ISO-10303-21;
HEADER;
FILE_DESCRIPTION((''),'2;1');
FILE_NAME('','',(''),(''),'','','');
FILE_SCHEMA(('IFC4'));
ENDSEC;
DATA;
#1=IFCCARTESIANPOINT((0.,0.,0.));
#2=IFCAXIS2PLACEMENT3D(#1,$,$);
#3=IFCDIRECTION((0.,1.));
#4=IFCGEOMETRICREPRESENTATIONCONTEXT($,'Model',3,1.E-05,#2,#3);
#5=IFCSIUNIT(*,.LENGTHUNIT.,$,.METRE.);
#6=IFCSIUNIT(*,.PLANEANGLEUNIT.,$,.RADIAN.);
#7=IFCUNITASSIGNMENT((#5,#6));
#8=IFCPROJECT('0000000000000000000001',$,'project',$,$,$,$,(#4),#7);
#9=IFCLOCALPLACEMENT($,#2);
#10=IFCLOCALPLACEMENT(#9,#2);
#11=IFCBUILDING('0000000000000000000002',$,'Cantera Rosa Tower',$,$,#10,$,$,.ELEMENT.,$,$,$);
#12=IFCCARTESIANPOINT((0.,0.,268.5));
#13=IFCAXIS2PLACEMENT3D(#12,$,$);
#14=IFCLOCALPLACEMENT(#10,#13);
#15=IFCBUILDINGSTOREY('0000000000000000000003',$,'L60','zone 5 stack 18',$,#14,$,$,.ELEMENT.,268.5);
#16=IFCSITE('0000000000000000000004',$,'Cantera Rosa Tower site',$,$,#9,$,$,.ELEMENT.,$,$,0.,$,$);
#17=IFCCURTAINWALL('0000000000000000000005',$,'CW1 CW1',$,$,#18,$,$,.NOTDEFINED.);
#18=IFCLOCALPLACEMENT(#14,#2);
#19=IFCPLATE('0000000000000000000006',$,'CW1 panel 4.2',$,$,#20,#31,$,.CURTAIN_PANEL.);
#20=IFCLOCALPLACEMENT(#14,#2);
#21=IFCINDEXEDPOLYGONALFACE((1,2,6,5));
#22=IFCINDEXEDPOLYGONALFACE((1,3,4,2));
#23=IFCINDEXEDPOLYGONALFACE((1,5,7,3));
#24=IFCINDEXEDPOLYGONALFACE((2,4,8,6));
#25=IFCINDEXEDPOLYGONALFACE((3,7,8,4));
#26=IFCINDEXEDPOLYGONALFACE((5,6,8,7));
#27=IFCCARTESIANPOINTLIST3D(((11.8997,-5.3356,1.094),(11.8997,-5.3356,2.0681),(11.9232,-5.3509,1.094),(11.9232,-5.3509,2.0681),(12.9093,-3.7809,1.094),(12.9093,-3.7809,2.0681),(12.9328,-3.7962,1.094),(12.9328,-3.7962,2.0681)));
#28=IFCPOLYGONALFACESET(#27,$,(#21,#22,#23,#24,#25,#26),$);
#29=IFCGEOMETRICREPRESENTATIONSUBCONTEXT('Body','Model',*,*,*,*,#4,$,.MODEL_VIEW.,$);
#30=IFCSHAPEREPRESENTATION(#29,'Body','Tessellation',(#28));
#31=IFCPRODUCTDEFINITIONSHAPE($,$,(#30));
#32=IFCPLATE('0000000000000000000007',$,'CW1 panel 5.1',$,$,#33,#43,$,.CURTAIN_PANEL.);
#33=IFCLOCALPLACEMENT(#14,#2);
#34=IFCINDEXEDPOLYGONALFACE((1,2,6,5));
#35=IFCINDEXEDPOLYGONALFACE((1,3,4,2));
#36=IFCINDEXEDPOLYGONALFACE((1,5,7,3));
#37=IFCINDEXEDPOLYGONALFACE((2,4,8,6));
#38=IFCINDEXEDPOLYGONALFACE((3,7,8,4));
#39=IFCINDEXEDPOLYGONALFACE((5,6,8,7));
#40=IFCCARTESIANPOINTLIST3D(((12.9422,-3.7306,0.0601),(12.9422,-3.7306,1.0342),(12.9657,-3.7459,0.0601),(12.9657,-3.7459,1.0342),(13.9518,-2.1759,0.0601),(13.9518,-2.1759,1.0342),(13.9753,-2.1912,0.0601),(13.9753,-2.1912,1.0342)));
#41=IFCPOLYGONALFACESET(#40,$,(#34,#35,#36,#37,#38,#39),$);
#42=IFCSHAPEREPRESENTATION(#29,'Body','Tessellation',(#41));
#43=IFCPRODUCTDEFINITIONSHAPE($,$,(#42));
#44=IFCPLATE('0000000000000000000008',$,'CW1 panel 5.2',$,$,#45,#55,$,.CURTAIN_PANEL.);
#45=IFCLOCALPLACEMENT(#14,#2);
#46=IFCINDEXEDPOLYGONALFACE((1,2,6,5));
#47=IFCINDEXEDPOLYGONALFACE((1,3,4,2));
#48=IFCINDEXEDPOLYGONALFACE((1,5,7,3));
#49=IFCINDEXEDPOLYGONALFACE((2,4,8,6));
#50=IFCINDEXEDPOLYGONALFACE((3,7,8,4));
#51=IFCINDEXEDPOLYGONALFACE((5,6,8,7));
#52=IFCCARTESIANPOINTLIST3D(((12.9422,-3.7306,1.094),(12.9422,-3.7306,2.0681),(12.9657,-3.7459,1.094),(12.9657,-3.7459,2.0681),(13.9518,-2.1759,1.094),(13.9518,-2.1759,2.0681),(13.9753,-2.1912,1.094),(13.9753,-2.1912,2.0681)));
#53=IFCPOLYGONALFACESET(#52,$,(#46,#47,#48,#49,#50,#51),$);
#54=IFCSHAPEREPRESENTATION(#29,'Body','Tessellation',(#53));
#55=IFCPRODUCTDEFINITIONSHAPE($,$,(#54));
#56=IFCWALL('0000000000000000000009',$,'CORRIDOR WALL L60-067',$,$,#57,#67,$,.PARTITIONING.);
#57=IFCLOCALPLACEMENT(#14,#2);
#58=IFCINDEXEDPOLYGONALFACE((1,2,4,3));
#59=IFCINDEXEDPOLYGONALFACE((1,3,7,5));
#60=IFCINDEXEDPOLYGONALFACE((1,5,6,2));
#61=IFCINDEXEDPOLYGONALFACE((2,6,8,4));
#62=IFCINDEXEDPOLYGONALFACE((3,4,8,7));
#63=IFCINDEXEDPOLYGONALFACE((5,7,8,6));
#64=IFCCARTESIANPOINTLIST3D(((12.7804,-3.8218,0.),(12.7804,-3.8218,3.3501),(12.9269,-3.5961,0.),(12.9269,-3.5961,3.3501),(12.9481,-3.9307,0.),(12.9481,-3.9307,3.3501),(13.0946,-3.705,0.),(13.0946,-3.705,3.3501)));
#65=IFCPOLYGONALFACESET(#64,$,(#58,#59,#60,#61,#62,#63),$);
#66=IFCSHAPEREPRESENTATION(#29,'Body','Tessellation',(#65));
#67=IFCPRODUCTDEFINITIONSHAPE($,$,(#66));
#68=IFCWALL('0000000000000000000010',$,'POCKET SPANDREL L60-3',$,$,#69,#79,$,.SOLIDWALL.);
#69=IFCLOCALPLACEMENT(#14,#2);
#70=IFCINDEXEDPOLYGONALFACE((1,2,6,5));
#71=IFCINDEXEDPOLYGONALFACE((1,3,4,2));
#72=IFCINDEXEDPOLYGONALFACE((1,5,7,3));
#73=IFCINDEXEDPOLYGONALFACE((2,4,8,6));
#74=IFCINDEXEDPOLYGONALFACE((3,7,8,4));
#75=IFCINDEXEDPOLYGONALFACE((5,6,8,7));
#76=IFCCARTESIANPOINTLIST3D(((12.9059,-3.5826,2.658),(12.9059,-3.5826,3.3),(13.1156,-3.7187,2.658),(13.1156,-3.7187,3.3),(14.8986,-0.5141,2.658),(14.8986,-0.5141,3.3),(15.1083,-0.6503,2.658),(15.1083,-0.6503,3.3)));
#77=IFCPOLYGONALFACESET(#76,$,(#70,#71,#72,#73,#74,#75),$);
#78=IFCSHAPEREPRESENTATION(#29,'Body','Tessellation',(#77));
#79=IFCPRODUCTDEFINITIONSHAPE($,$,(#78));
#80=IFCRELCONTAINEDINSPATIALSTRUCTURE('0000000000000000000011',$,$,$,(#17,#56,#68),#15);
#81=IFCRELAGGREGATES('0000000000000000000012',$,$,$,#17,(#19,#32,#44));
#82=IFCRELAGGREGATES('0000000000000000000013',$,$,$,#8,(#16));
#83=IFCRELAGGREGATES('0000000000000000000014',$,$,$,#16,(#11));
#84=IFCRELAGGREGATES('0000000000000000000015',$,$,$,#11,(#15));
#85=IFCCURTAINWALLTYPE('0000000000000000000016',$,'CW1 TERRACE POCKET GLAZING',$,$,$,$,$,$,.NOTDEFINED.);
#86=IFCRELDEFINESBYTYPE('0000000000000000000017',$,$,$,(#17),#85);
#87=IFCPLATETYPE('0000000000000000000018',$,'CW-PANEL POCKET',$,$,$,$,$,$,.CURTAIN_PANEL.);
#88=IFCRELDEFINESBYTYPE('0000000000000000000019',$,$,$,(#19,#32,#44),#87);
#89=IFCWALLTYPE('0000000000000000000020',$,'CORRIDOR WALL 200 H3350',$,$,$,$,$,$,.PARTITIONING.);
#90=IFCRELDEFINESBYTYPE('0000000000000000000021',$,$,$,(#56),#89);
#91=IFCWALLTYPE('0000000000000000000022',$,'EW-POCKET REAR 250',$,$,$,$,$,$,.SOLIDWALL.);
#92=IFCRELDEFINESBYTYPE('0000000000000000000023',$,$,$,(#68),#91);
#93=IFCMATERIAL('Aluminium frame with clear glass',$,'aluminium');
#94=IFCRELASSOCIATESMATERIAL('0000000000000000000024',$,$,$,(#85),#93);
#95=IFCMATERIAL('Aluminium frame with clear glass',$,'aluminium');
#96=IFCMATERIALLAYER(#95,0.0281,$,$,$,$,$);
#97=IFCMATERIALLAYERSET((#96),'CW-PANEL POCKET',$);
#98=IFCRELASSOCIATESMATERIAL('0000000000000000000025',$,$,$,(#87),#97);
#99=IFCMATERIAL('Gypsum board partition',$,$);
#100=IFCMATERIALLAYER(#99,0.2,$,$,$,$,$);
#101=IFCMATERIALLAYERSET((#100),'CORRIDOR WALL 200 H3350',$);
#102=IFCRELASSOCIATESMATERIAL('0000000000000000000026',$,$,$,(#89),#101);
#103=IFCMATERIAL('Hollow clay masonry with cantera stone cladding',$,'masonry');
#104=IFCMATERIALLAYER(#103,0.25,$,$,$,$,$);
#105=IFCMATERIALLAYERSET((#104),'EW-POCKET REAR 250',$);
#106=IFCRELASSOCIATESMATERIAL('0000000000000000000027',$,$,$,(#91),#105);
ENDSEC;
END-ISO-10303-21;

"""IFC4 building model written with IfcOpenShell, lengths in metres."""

from ifc_helpers import new_model, si_unit, direction, frame, frame_2d, origin, origin_2d, place, context, subcontext, project, spatial, rectangle, extrude, material, layer, layer_set, type_object, element, aggregate, save


model = new_model("IFC4")

# Units and contexts
model_context = context("Model", 3, precision=1e-05, world=origin(), true_north=direction((0.0, 1.0)))
body_context = subcontext(model_context, "Body", "Model", "MODEL_VIEW")
ifc_project = project(units=[si_unit("LENGTHUNIT", "METRE"), si_unit("PLANEANGLEUNIT", "RADIAN")], contexts=[model_context])

# Site, building, storey
site_placement = place(None, origin())
site = spatial("IfcSite", under=ifc_project, at=site_placement, Name="Cantera Rosa Tower site", CompositionType="ELEMENT", RefElevation=0.0)
building_placement = place(site_placement, origin())
building = spatial("IfcBuilding", under=site, at=building_placement, Name="Cantera Rosa Tower", CompositionType="ELEMENT")
storey_placement = place(building_placement, frame((0.0, 0.0, 268.5)))
storey = spatial("IfcBuildingStorey", under=building, at=storey_placement, Name="L60", Description="zone 5 stack 18", CompositionType="ELEMENT", Elevation=268.5)

# Curtain wall
ifc_material_1 = material(Name="Aluminium frame with clear glass", Category="aluminium")
curtain_wall_type = type_object("IfcCurtainWallType", Name="CW1 TERRACE POCKET GLAZING", PredefinedType="NOTDEFINED", material=ifc_material_1)
curtain_wall_placement = place(storey_placement, origin())
curtain_wall = element("IfcCurtainWall", 1, at=curtain_wall_placement, inside=storey, type_object=curtain_wall_type, Name="CW1 CW1", PredefinedType="NOTDEFINED")

# Plates
ifc_material_2 = material(Name="Aluminium frame with clear glass", Category="aluminium")
ifc_layer_1 = layer(ifc_material_2, 0.0281)
ifc_layer_set_1 = layer_set([ifc_layer_1], Name="CW-PANEL POCKET")
plate_type = type_object("IfcPlateType", Name="CW-PANEL POCKET", PredefinedType="CURTAIN_PANEL", material=ifc_layer_set_1)
plate_1_placement = place(storey_placement, frame((12.4163, -4.5659, 1.094), z_axis=(0.0, 0.0, 1.0), x_axis=(0.544639, 0.838671, 0.0)))
plate_1 = element("IfcPlate", 2, at=plate_1_placement, type_object=plate_type, Name="CW1 panel 4.2", PredefinedType="CURTAIN_PANEL", context=body_context, shape_type="SweptSolid", body=[
    extrude(rectangle(XDim=1.8538, YDim=0.0281, at=origin_2d()), origin(), (0.0, 0.0, 1.0), 0.9741),
])
plate_2_placement = place(storey_placement, frame((13.4587, -2.9609, 0.0601), z_axis=(0.0, 0.0, 1.0), x_axis=(0.544639, 0.838671, 0.0)))
plate_2 = element("IfcPlate", 3, at=plate_2_placement, type_object=plate_type, Name="CW1 panel 5.1", PredefinedType="CURTAIN_PANEL", context=body_context, shape_type="SweptSolid", body=[
    extrude(rectangle(XDim=1.8538, YDim=0.0281, at=origin_2d()), origin(), (0.0, 0.0, 1.0), 0.9741),
])
plate_3_placement = place(storey_placement, frame((13.4587, -2.9609, 1.094), z_axis=(0.0, 0.0, 1.0), x_axis=(0.544639, 0.838671, 0.0)))
plate_3 = element("IfcPlate", 4, at=plate_3_placement, type_object=plate_type, Name="CW1 panel 5.2", PredefinedType="CURTAIN_PANEL", context=body_context, shape_type="SweptSolid", body=[
    extrude(rectangle(XDim=1.8538, YDim=0.0281, at=origin_2d()), origin(), (0.0, 0.0, 1.0), 0.9741),
])
aggregate(curtain_wall, [plate_1, plate_2, plate_3])

# Walls
ifc_material_3 = material(Name="Gypsum board partition")
ifc_layer_2 = layer(ifc_material_3, 0.2)
ifc_layer_set_2 = layer_set([ifc_layer_2], Name="CORRIDOR WALL 200 H3350")
wall_type_1 = type_object("IfcWallType", Name="CORRIDOR WALL 200 H3350", PredefinedType="PARTITIONING", material=ifc_layer_set_2)
wall_1_placement = place(storey_placement, frame((12.8643, -3.8762, 0.0), z_axis=(0.0, 0.0, 1.0), x_axis=(0.544605, 0.838692, 0.0)))
element("IfcWall", 5, at=wall_1_placement, inside=storey, type_object=wall_type_1, Name="CORRIDOR WALL L60-067", PredefinedType="PARTITIONING", context=body_context, shape_type="SweptSolid", body=[
    extrude(rectangle(XDim=0.269, YDim=0.2, at=frame_2d((0.1345, 0.0))), origin(), (0.0, 0.0, 1.0), 3.3501),
])
ifc_material_4 = material(Name="Hollow clay masonry with cantera stone cladding", Category="masonry")
ifc_layer_3 = layer(ifc_material_4, 0.25)
ifc_layer_set_3 = layer_set([ifc_layer_3], Name="EW-POCKET REAR 250")
wall_type_2 = type_object("IfcWallType", Name="EW-POCKET REAR 250", PredefinedType="SOLIDWALL", material=ifc_layer_set_3)
wall_2_placement = place(storey_placement, frame((13.0107, -3.6506, 2.658), z_axis=(0.0, 0.0, 1.0), x_axis=(0.544651, 0.838663, 0.0)))
element("IfcWall", 6, at=wall_2_placement, inside=storey, type_object=wall_type_2, Name="POCKET SPANDREL L60-3", PredefinedType="SOLIDWALL", context=body_context, shape_type="SweptSolid", body=[
    extrude(rectangle(XDim=3.6587, YDim=0.25, at=frame_2d((1.8293, 0.0))), origin(), (0.0, 0.0, 1.0), 0.6421),
])

save(model, "model.ifc")
